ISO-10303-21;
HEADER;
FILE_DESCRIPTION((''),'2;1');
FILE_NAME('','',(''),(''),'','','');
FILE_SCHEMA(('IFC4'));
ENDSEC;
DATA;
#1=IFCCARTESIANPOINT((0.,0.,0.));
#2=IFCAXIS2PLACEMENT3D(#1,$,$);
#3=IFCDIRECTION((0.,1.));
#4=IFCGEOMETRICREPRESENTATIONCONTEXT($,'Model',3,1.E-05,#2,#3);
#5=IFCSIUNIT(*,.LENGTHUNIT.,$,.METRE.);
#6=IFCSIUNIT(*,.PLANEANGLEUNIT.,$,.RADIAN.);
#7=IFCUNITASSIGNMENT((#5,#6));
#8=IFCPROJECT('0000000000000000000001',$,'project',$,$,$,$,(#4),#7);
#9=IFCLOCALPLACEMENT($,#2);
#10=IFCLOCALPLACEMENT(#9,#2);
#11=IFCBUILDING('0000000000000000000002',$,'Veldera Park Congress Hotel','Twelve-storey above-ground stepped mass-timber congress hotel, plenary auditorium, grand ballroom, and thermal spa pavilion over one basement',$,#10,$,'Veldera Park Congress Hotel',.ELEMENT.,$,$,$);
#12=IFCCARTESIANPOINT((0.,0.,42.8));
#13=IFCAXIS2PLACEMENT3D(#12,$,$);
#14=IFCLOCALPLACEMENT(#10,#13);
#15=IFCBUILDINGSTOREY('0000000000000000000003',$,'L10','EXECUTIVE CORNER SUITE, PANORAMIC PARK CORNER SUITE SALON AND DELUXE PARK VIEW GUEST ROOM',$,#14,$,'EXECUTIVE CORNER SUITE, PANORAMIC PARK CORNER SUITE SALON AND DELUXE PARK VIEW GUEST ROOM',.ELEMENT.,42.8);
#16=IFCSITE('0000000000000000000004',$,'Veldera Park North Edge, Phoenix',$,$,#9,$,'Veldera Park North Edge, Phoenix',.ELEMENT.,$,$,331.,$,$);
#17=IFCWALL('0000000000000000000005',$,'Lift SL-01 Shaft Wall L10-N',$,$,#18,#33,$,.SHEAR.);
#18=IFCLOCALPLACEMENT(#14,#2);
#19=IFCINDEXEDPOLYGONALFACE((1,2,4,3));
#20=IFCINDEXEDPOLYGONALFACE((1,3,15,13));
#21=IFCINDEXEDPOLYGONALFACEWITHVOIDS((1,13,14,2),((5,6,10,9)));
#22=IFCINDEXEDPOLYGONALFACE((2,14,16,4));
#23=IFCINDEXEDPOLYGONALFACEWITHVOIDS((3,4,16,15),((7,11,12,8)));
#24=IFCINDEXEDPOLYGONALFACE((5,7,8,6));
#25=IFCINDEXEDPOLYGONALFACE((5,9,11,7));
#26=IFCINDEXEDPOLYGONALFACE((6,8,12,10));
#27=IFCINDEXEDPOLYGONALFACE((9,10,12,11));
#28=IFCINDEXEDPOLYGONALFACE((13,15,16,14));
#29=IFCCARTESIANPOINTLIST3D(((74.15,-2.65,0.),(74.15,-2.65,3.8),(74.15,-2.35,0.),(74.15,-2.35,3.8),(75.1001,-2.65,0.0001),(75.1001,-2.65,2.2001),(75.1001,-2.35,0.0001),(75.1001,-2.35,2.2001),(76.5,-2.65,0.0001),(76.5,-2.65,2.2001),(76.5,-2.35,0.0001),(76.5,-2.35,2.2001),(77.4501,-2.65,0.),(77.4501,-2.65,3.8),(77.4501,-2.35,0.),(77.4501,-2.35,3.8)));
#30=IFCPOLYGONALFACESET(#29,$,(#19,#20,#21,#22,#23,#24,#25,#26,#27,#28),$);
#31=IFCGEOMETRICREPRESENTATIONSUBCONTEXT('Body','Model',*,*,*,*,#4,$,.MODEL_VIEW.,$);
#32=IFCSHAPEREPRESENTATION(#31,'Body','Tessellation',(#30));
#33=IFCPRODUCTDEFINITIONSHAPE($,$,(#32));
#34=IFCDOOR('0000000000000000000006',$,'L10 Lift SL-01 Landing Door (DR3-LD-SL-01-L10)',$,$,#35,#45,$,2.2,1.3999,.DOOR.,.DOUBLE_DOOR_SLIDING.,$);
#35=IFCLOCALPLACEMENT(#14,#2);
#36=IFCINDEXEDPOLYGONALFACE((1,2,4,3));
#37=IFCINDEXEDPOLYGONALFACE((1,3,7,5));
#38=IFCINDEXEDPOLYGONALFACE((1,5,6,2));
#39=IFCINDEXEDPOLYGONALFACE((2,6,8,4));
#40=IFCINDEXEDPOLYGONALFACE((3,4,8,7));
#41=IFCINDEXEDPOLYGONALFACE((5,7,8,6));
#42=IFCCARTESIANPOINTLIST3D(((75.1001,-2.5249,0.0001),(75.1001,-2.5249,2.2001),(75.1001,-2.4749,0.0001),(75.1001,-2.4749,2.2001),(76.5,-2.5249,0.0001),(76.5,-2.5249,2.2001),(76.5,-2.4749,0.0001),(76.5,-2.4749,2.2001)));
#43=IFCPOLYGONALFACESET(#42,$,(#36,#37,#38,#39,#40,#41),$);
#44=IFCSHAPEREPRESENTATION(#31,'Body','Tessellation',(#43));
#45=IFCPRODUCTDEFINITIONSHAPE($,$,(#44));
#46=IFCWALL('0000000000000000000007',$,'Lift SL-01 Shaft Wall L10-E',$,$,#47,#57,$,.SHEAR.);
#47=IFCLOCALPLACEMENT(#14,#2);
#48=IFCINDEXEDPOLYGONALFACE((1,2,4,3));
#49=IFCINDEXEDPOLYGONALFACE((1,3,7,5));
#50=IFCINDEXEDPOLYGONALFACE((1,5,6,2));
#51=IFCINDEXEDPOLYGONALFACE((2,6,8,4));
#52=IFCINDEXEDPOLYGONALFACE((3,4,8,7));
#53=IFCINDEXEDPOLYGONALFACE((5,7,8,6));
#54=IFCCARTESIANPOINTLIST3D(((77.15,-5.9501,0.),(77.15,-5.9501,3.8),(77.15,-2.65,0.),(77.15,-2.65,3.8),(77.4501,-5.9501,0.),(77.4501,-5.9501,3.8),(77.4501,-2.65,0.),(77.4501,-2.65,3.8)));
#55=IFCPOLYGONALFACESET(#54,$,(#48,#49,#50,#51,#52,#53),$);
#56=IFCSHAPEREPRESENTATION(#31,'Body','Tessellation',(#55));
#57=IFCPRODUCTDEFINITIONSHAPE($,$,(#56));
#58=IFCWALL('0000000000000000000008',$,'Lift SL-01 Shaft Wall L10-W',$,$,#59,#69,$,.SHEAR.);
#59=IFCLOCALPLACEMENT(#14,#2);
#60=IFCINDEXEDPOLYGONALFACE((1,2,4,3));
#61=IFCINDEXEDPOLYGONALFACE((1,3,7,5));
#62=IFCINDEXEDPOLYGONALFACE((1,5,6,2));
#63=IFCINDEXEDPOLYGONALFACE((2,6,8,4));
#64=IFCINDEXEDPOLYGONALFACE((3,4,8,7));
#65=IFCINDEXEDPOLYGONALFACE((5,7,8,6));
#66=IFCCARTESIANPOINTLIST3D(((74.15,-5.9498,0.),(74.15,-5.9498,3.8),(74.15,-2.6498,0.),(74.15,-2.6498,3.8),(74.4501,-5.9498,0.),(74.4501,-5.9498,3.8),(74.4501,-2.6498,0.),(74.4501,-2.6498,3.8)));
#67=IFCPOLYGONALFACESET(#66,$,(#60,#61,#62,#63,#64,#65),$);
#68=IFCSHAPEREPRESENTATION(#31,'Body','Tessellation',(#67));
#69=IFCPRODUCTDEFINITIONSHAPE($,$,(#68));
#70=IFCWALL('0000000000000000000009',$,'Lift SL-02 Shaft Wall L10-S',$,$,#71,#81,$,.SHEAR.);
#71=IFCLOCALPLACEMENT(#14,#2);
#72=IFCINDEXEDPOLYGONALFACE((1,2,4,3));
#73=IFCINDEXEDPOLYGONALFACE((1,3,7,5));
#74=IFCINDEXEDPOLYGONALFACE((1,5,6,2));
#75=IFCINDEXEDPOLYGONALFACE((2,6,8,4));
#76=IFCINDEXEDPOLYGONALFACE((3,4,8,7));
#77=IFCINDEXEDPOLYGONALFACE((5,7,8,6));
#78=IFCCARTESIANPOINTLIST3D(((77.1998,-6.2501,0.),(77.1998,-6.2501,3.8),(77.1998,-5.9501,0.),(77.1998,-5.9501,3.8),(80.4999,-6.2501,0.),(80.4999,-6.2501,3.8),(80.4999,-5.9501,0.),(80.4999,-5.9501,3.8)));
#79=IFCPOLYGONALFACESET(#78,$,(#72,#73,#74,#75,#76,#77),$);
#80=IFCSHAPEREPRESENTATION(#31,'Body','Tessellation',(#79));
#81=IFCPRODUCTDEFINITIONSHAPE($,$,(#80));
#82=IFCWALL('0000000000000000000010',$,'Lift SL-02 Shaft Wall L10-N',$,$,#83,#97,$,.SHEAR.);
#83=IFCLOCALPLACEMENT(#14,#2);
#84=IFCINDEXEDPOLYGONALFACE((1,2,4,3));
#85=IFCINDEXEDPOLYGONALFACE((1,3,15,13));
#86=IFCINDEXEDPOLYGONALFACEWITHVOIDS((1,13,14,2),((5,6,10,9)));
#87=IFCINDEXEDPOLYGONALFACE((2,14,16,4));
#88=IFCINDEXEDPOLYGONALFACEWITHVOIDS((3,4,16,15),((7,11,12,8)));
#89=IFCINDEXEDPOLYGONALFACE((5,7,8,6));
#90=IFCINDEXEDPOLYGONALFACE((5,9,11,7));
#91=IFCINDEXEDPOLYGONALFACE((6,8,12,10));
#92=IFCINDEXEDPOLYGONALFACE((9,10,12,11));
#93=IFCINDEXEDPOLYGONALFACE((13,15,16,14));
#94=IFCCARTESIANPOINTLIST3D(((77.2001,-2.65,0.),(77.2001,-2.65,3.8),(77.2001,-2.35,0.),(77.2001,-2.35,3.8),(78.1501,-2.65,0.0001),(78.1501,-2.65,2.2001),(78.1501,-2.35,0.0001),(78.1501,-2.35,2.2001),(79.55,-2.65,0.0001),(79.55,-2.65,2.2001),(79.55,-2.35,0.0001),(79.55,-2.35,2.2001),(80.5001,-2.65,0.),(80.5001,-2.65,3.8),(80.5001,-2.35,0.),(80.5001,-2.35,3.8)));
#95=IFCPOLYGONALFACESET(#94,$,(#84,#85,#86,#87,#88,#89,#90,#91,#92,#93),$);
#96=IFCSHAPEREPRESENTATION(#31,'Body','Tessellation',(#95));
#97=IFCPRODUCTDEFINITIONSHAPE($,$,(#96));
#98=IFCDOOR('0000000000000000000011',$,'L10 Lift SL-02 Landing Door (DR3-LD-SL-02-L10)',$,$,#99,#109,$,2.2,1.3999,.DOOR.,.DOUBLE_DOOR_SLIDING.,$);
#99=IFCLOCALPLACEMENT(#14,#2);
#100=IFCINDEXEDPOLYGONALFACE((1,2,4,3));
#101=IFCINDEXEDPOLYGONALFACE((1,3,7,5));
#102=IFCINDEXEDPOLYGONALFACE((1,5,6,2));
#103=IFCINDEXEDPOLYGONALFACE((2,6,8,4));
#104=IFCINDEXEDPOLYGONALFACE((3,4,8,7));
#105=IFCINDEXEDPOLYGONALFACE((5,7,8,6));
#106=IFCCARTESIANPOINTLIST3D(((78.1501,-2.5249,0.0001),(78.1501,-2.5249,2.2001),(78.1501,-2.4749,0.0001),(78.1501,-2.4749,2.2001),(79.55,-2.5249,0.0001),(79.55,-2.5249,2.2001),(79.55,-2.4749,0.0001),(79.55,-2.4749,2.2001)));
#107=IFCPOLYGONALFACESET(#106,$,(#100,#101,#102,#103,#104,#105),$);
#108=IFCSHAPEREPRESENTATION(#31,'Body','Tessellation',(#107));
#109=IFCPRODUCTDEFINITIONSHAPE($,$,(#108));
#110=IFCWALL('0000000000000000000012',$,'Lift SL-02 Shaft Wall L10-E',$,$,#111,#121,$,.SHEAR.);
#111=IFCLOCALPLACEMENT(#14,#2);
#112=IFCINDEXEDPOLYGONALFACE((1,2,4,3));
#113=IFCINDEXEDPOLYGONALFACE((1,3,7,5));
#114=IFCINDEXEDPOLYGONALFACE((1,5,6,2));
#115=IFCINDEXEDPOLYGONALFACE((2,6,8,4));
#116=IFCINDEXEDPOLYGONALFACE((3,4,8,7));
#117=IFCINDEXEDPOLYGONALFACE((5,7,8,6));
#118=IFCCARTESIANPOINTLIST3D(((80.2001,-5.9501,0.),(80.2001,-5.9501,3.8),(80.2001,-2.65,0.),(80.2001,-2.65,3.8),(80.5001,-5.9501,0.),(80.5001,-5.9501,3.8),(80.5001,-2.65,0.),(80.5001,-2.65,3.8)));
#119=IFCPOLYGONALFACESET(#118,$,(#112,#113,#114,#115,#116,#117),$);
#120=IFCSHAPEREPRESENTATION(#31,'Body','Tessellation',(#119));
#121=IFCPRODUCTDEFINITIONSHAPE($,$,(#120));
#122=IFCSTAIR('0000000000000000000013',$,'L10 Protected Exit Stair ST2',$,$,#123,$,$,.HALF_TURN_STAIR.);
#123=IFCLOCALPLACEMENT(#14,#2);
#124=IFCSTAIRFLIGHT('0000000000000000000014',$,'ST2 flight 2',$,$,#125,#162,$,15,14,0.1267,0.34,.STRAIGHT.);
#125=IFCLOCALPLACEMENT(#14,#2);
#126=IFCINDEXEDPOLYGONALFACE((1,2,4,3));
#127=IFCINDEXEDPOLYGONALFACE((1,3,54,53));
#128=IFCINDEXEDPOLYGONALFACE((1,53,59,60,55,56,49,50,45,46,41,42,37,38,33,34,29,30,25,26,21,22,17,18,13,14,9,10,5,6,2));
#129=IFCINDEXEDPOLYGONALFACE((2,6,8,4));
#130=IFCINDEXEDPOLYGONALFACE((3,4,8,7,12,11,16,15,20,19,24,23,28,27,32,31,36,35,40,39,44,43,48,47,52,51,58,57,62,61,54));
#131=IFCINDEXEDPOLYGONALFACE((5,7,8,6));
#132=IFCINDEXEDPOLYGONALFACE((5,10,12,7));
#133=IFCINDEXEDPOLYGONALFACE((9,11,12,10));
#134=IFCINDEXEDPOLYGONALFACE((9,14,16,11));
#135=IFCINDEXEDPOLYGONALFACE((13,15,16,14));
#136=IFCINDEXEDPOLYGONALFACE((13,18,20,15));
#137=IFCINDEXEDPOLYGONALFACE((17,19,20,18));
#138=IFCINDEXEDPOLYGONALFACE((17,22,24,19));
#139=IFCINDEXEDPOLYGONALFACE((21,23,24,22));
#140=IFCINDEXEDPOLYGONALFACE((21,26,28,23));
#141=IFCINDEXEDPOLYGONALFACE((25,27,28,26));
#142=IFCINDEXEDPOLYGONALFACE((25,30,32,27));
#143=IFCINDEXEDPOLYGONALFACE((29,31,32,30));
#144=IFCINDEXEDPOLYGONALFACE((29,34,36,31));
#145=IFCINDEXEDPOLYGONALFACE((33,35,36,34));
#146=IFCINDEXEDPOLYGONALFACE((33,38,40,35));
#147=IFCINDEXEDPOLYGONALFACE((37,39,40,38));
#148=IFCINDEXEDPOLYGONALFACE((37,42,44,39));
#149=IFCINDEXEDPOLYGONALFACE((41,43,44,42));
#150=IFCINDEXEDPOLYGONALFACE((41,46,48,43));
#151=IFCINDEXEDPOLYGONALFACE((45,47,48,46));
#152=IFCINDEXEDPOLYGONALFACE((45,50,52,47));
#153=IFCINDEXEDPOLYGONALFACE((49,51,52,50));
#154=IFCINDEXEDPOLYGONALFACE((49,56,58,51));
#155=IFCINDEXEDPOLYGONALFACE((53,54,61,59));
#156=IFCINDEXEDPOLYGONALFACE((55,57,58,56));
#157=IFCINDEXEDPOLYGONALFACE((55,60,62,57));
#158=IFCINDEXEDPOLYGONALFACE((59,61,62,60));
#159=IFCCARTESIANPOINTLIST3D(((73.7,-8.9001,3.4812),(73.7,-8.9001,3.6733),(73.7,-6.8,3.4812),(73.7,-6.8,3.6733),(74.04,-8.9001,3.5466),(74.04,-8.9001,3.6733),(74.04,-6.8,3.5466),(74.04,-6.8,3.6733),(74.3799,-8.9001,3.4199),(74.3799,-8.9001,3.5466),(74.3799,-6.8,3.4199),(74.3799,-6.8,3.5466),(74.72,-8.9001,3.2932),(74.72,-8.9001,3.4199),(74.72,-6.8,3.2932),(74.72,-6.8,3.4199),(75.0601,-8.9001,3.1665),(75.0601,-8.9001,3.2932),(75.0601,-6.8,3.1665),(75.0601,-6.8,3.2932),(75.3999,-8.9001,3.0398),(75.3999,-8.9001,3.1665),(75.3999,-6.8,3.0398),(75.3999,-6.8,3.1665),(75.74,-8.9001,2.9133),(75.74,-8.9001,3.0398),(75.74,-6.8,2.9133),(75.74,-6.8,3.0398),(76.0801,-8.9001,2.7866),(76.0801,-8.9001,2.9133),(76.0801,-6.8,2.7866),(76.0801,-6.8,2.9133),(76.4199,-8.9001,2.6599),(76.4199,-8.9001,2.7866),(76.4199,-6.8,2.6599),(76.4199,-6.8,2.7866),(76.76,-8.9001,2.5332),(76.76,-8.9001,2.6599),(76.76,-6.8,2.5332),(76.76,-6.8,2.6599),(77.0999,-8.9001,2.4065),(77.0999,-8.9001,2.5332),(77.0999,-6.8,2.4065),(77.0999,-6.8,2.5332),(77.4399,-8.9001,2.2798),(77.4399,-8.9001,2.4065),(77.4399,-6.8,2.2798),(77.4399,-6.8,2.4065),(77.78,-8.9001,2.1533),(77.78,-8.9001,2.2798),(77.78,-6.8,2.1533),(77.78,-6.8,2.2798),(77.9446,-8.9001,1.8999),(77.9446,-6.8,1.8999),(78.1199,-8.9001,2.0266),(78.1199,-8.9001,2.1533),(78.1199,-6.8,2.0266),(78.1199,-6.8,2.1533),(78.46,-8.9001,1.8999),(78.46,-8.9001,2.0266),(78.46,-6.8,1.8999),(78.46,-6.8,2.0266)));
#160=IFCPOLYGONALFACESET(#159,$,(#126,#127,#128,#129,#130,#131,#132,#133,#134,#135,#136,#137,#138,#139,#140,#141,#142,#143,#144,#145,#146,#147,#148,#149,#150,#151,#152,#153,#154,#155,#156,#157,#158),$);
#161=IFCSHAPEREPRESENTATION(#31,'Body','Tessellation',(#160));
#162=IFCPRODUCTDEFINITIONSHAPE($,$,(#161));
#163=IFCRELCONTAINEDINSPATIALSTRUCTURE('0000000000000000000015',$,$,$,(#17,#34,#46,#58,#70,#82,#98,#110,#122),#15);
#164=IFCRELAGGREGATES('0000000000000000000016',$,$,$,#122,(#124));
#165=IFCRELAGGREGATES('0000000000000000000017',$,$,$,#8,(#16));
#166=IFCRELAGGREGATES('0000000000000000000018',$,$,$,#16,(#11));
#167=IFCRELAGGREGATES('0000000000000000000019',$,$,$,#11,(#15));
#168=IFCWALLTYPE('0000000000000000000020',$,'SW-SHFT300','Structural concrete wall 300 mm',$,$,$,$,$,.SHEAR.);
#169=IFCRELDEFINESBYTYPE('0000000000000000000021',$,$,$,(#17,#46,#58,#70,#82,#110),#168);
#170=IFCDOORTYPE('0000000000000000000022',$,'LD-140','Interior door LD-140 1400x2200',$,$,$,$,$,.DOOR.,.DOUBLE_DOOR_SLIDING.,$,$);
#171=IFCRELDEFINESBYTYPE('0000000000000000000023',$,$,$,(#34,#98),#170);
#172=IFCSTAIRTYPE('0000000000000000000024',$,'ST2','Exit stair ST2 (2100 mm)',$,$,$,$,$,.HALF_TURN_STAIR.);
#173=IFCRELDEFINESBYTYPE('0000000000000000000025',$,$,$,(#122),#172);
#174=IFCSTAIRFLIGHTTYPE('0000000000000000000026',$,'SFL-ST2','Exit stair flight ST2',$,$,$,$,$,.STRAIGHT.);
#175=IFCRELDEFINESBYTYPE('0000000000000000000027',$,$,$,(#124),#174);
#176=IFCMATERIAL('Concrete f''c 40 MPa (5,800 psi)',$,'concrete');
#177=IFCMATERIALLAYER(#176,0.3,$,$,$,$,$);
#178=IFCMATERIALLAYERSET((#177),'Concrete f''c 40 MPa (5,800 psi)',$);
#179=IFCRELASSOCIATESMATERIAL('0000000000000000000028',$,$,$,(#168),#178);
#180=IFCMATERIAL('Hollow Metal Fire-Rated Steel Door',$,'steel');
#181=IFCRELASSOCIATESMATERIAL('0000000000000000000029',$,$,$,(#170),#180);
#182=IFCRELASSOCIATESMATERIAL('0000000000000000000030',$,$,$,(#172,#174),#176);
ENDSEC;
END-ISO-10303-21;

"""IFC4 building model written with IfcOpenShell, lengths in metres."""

from ifc_helpers import new_model, si_unit, direction, frame, frame_2d, origin, place, context, subcontext, project, spatial, polyline, rectangle, outline, extrude, material, layer, layer_set, type_object, element, fill, aggregate, save


model = new_model("IFC4")

# Units and contexts
model_context = context("Model", 3, precision=1e-05, world=origin(), true_north=direction((0.0, 1.0)))
body_context = subcontext(model_context, "Body", "Model", "MODEL_VIEW")
ifc_project = project(units=[si_unit("LENGTHUNIT", "METRE"), si_unit("PLANEANGLEUNIT", "RADIAN")], contexts=[model_context])

# Site, building, storey
site_placement = place(None, origin())
site = spatial("IfcSite", under=ifc_project, at=site_placement, Name="Veldera Park North Edge, Phoenix", LongName="Veldera Park North Edge, Phoenix", CompositionType="ELEMENT", RefElevation=331.0)
building_placement = place(site_placement, origin())
building = spatial("IfcBuilding", under=site, at=building_placement, Name="Veldera Park Congress Hotel", Description="Twelve-storey above-ground stepped mass-timber congress hotel, plenary auditorium, grand ballroom, and thermal spa pavilion over one basement", LongName="Veldera Park Congress Hotel", CompositionType="ELEMENT")
storey_placement = place(building_placement, frame((0.0, 0.0, 42.8)))
storey = spatial("IfcBuildingStorey", under=building, at=storey_placement, Name="L10", Description="EXECUTIVE CORNER SUITE, PANORAMIC PARK CORNER SUITE SALON AND DELUXE PARK VIEW GUEST ROOM", LongName="EXECUTIVE CORNER SUITE, PANORAMIC PARK CORNER SUITE SALON AND DELUXE PARK VIEW GUEST ROOM", CompositionType="ELEMENT", Elevation=42.8)

# Shared definitions
ifc_material_1 = material(Name="Concrete f'c 40 MPa (5,800 psi)", Category="concrete")
ifc_layer_1 = layer(ifc_material_1, 0.3)
ifc_layer_set_1 = layer_set([ifc_layer_1], Name="Concrete f'c 40 MPa (5,800 psi)")
wall_type_1 = type_object("IfcWallType", Name="SW-SHFT300", Description="Structural concrete wall 300 mm", PredefinedType="SHEAR", material=ifc_layer_set_1)

# Wall, opening, door
wall_1_placement = place(storey_placement, frame((77.45, -2.5, 0.0), z_axis=(0.0, 0.0, 1.0), x_axis=(-1.0, 0.0, 0.0)))
wall_1 = element("IfcWall", 1, at=wall_1_placement, inside=storey, type_object=wall_type_1, Name="Lift SL-01 Shaft Wall L10-N", PredefinedType="SHEAR", context=body_context, shape_type="SweptSolid", body=[
    extrude(rectangle(XDim=3.3, YDim=0.3, at=frame_2d((1.6499, 0.0))), origin(), (0.0, 0.0, 1.0), 3.8),
])
opening_1_placement = place(wall_1_placement, frame((0.95, 0.0, 0.0)))
opening_1 = element("IfcOpeningElement", 2, at=opening_1_placement, cuts=wall_1, PredefinedType="OPENING", context=body_context, shape_type="SweptSolid", body=[
    extrude(rectangle(XDim=1.3999, YDim=2.2, at=frame_2d((0.7, 1.1001))), frame((0.0, 0.1621, 0.0), z_axis=(0.0, -1.0, 0.0), x_axis=(1.0, 0.0, 0.0)), (0.0, 0.0, 1.0), 0.324),
])
ifc_material_2 = material(Name="Hollow Metal Fire-Rated Steel Door", Category="steel")
door_type_1 = type_object("IfcDoorType", Name="LD-140", Description="Interior door LD-140 1400x2200", OperationType="DOUBLE_DOOR_SLIDING", PredefinedType="DOOR", material=ifc_material_2)
door_1_placement = place(opening_1_placement, origin())
door_1 = element("IfcDoor", 3, at=door_1_placement, inside=storey, type_object=door_type_1, Name="L10 Lift SL-01 Landing Door (DR3-LD-SL-01-L10)", OperationType="DOUBLE_DOOR_SLIDING", OverallHeight=2.2, OverallWidth=1.3999, PredefinedType="DOOR", context=body_context, shape_type="SweptSolid", body=[
    extrude(rectangle(XDim=1.3999, YDim=2.2, at=frame_2d((0.7, 1.1001))), frame((0.0, 0.0249, 0.0), z_axis=(0.0, -1.0, 0.0), x_axis=(1.0, 0.0, 0.0)), (0.0, 0.0, 1.0), 0.05),
])
fill(opening_1, door_1)

# Walls
for number, where, z_axis, x_axis, name in (
    (4, (77.3, -5.95, 0.0), (0.0, 0.0, 1.0), (0.0, 1.0, 0.0), "Lift SL-01 Shaft Wall L10-E"),
    (5, (74.3, -2.6499, 0.0), (0.0, 0.0, 1.0), (0.0, -1.0, 0.0), "Lift SL-01 Shaft Wall L10-W"),
    (6, (77.2, -6.1001, 0.0), (0.0, 0.0, 1.0), (1.0, 0.0, 0.0), "Lift SL-02 Shaft Wall L10-S"),
):
    element("IfcWall", number, at=place(storey_placement, frame(where, z_axis=z_axis, x_axis=x_axis)), inside=storey, type_object=wall_type_1, Name=name, PredefinedType="SHEAR", context=body_context, shape_type="SweptSolid", body=[
        extrude(rectangle(XDim=3.3, YDim=0.3, at=frame_2d((1.6499, 0.0))), origin(), (0.0, 0.0, 1.0), 3.8),
    ])

# Wall, opening, door
wall_2_placement = place(storey_placement, frame((80.5, -2.5, 0.0), z_axis=(0.0, 0.0, 1.0), x_axis=(-1.0, 0.0, 0.0)))
wall_2 = element("IfcWall", 7, at=wall_2_placement, inside=storey, type_object=wall_type_1, Name="Lift SL-02 Shaft Wall L10-N", PredefinedType="SHEAR", context=body_context, shape_type="SweptSolid", body=[
    extrude(rectangle(XDim=3.3, YDim=0.3, at=frame_2d((1.6499, 0.0))), origin(), (0.0, 0.0, 1.0), 3.8),
])
opening_2_placement = place(wall_2_placement, frame((0.95, 0.0, 0.0)))
opening_2 = element("IfcOpeningElement", 8, at=opening_2_placement, cuts=wall_2, PredefinedType="OPENING", context=body_context, shape_type="SweptSolid", body=[
    extrude(rectangle(XDim=1.3999, YDim=2.2, at=frame_2d((0.7, 1.1001))), frame((0.0, 0.1621, 0.0), z_axis=(0.0, -1.0, 0.0), x_axis=(1.0, 0.0, 0.0)), (0.0, 0.0, 1.0), 0.324),
])
door_2_placement = place(opening_2_placement, origin())
door_2 = element("IfcDoor", 9, at=door_2_placement, inside=storey, type_object=door_type_1, Name="L10 Lift SL-02 Landing Door (DR3-LD-SL-02-L10)", OperationType="DOUBLE_DOOR_SLIDING", OverallHeight=2.2, OverallWidth=1.3999, PredefinedType="DOOR", context=body_context, shape_type="SweptSolid", body=[
    extrude(rectangle(XDim=1.3999, YDim=2.2, at=frame_2d((0.7, 1.1001))), frame((0.0, 0.0249, 0.0), z_axis=(0.0, -1.0, 0.0), x_axis=(1.0, 0.0, 0.0)), (0.0, 0.0, 1.0), 0.05),
])
fill(opening_2, door_2)

# Wall
wall_3_placement = place(storey_placement, frame((80.3501, -5.95, 0.0), z_axis=(0.0, 0.0, 1.0), x_axis=(0.0, 1.0, 0.0)))
element("IfcWall", 10, at=wall_3_placement, inside=storey, type_object=wall_type_1, Name="Lift SL-02 Shaft Wall L10-E", PredefinedType="SHEAR", context=body_context, shape_type="SweptSolid", body=[
    extrude(rectangle(XDim=3.3, YDim=0.3, at=frame_2d((1.6499, 0.0))), origin(), (0.0, 0.0, 1.0), 3.8),
])

# Stair, stair flight
stair_type = type_object("IfcStairType", Name="ST2", Description="Exit stair ST2 (2100 mm)", PredefinedType="HALF_TURN_STAIR", material=ifc_material_1)
stair_placement = place(storey_placement, origin())
stair = element("IfcStair", 11, at=stair_placement, inside=storey, type_object=stair_type, Name="L10 Protected Exit Stair ST2", PredefinedType="HALF_TURN_STAIR")
stair_flight_type = type_object("IfcStairFlightType", Name="SFL-ST2", Description="Exit stair flight ST2", PredefinedType="STRAIGHT", material=ifc_material_1)
stair_flight_placement = place(storey_placement, frame((78.46, -7.8501, 1.8999), z_axis=(0.0, 0.0, 1.0), x_axis=(-1.0, 0.0, 0.0)))
stair_flight = element("IfcStairFlight", 12, at=stair_flight_placement, type_object=stair_flight_type, Name="ST2 flight 2", NumberOfRisers=15, NumberOfTreads=14, PredefinedType="STRAIGHT", RiserHeight=0.1267, TreadLength=0.34, context=body_context, shape_type="SweptSolid", body=[
    extrude(outline(polyline([(0.0, 0.0), (0.0, 0.1267), (0.3401, 0.1267), (0.3401, 0.2534), (0.6799, 0.2534), (0.6799, 0.3799), (1.02, 0.3799), (1.02, 0.5066), (1.3601, 0.5066), (1.3601, 0.6333), (1.7, 0.6333), (1.7, 0.76), (2.04, 0.76), (2.04, 0.8867), (2.3799, 0.8867), (2.3799, 1.0134), (2.72, 1.0134), (2.72, 1.1399), (3.0601, 1.1399), (3.0601, 1.2666), (3.3999, 1.2666), (3.3999, 1.3933), (3.74, 1.3933), (3.74, 1.52), (4.0801, 1.52), (4.0801, 1.6467), (4.4199, 1.6467), (4.4199, 1.7734), (4.76, 1.7734), (4.76, 1.8999), (4.76, 1.8999), (4.76, 1.5813), (0.5154, 0.0), (0.0, 0.0)])), frame((0.0, 1.05, 0.0), z_axis=(0.0, -1.0, 0.0), x_axis=(1.0, 0.0, 0.0)), (0.0, 0.0, 1.0), 2.1001),
])
aggregate(stair, [stair_flight])

save(model, "model.ifc")
